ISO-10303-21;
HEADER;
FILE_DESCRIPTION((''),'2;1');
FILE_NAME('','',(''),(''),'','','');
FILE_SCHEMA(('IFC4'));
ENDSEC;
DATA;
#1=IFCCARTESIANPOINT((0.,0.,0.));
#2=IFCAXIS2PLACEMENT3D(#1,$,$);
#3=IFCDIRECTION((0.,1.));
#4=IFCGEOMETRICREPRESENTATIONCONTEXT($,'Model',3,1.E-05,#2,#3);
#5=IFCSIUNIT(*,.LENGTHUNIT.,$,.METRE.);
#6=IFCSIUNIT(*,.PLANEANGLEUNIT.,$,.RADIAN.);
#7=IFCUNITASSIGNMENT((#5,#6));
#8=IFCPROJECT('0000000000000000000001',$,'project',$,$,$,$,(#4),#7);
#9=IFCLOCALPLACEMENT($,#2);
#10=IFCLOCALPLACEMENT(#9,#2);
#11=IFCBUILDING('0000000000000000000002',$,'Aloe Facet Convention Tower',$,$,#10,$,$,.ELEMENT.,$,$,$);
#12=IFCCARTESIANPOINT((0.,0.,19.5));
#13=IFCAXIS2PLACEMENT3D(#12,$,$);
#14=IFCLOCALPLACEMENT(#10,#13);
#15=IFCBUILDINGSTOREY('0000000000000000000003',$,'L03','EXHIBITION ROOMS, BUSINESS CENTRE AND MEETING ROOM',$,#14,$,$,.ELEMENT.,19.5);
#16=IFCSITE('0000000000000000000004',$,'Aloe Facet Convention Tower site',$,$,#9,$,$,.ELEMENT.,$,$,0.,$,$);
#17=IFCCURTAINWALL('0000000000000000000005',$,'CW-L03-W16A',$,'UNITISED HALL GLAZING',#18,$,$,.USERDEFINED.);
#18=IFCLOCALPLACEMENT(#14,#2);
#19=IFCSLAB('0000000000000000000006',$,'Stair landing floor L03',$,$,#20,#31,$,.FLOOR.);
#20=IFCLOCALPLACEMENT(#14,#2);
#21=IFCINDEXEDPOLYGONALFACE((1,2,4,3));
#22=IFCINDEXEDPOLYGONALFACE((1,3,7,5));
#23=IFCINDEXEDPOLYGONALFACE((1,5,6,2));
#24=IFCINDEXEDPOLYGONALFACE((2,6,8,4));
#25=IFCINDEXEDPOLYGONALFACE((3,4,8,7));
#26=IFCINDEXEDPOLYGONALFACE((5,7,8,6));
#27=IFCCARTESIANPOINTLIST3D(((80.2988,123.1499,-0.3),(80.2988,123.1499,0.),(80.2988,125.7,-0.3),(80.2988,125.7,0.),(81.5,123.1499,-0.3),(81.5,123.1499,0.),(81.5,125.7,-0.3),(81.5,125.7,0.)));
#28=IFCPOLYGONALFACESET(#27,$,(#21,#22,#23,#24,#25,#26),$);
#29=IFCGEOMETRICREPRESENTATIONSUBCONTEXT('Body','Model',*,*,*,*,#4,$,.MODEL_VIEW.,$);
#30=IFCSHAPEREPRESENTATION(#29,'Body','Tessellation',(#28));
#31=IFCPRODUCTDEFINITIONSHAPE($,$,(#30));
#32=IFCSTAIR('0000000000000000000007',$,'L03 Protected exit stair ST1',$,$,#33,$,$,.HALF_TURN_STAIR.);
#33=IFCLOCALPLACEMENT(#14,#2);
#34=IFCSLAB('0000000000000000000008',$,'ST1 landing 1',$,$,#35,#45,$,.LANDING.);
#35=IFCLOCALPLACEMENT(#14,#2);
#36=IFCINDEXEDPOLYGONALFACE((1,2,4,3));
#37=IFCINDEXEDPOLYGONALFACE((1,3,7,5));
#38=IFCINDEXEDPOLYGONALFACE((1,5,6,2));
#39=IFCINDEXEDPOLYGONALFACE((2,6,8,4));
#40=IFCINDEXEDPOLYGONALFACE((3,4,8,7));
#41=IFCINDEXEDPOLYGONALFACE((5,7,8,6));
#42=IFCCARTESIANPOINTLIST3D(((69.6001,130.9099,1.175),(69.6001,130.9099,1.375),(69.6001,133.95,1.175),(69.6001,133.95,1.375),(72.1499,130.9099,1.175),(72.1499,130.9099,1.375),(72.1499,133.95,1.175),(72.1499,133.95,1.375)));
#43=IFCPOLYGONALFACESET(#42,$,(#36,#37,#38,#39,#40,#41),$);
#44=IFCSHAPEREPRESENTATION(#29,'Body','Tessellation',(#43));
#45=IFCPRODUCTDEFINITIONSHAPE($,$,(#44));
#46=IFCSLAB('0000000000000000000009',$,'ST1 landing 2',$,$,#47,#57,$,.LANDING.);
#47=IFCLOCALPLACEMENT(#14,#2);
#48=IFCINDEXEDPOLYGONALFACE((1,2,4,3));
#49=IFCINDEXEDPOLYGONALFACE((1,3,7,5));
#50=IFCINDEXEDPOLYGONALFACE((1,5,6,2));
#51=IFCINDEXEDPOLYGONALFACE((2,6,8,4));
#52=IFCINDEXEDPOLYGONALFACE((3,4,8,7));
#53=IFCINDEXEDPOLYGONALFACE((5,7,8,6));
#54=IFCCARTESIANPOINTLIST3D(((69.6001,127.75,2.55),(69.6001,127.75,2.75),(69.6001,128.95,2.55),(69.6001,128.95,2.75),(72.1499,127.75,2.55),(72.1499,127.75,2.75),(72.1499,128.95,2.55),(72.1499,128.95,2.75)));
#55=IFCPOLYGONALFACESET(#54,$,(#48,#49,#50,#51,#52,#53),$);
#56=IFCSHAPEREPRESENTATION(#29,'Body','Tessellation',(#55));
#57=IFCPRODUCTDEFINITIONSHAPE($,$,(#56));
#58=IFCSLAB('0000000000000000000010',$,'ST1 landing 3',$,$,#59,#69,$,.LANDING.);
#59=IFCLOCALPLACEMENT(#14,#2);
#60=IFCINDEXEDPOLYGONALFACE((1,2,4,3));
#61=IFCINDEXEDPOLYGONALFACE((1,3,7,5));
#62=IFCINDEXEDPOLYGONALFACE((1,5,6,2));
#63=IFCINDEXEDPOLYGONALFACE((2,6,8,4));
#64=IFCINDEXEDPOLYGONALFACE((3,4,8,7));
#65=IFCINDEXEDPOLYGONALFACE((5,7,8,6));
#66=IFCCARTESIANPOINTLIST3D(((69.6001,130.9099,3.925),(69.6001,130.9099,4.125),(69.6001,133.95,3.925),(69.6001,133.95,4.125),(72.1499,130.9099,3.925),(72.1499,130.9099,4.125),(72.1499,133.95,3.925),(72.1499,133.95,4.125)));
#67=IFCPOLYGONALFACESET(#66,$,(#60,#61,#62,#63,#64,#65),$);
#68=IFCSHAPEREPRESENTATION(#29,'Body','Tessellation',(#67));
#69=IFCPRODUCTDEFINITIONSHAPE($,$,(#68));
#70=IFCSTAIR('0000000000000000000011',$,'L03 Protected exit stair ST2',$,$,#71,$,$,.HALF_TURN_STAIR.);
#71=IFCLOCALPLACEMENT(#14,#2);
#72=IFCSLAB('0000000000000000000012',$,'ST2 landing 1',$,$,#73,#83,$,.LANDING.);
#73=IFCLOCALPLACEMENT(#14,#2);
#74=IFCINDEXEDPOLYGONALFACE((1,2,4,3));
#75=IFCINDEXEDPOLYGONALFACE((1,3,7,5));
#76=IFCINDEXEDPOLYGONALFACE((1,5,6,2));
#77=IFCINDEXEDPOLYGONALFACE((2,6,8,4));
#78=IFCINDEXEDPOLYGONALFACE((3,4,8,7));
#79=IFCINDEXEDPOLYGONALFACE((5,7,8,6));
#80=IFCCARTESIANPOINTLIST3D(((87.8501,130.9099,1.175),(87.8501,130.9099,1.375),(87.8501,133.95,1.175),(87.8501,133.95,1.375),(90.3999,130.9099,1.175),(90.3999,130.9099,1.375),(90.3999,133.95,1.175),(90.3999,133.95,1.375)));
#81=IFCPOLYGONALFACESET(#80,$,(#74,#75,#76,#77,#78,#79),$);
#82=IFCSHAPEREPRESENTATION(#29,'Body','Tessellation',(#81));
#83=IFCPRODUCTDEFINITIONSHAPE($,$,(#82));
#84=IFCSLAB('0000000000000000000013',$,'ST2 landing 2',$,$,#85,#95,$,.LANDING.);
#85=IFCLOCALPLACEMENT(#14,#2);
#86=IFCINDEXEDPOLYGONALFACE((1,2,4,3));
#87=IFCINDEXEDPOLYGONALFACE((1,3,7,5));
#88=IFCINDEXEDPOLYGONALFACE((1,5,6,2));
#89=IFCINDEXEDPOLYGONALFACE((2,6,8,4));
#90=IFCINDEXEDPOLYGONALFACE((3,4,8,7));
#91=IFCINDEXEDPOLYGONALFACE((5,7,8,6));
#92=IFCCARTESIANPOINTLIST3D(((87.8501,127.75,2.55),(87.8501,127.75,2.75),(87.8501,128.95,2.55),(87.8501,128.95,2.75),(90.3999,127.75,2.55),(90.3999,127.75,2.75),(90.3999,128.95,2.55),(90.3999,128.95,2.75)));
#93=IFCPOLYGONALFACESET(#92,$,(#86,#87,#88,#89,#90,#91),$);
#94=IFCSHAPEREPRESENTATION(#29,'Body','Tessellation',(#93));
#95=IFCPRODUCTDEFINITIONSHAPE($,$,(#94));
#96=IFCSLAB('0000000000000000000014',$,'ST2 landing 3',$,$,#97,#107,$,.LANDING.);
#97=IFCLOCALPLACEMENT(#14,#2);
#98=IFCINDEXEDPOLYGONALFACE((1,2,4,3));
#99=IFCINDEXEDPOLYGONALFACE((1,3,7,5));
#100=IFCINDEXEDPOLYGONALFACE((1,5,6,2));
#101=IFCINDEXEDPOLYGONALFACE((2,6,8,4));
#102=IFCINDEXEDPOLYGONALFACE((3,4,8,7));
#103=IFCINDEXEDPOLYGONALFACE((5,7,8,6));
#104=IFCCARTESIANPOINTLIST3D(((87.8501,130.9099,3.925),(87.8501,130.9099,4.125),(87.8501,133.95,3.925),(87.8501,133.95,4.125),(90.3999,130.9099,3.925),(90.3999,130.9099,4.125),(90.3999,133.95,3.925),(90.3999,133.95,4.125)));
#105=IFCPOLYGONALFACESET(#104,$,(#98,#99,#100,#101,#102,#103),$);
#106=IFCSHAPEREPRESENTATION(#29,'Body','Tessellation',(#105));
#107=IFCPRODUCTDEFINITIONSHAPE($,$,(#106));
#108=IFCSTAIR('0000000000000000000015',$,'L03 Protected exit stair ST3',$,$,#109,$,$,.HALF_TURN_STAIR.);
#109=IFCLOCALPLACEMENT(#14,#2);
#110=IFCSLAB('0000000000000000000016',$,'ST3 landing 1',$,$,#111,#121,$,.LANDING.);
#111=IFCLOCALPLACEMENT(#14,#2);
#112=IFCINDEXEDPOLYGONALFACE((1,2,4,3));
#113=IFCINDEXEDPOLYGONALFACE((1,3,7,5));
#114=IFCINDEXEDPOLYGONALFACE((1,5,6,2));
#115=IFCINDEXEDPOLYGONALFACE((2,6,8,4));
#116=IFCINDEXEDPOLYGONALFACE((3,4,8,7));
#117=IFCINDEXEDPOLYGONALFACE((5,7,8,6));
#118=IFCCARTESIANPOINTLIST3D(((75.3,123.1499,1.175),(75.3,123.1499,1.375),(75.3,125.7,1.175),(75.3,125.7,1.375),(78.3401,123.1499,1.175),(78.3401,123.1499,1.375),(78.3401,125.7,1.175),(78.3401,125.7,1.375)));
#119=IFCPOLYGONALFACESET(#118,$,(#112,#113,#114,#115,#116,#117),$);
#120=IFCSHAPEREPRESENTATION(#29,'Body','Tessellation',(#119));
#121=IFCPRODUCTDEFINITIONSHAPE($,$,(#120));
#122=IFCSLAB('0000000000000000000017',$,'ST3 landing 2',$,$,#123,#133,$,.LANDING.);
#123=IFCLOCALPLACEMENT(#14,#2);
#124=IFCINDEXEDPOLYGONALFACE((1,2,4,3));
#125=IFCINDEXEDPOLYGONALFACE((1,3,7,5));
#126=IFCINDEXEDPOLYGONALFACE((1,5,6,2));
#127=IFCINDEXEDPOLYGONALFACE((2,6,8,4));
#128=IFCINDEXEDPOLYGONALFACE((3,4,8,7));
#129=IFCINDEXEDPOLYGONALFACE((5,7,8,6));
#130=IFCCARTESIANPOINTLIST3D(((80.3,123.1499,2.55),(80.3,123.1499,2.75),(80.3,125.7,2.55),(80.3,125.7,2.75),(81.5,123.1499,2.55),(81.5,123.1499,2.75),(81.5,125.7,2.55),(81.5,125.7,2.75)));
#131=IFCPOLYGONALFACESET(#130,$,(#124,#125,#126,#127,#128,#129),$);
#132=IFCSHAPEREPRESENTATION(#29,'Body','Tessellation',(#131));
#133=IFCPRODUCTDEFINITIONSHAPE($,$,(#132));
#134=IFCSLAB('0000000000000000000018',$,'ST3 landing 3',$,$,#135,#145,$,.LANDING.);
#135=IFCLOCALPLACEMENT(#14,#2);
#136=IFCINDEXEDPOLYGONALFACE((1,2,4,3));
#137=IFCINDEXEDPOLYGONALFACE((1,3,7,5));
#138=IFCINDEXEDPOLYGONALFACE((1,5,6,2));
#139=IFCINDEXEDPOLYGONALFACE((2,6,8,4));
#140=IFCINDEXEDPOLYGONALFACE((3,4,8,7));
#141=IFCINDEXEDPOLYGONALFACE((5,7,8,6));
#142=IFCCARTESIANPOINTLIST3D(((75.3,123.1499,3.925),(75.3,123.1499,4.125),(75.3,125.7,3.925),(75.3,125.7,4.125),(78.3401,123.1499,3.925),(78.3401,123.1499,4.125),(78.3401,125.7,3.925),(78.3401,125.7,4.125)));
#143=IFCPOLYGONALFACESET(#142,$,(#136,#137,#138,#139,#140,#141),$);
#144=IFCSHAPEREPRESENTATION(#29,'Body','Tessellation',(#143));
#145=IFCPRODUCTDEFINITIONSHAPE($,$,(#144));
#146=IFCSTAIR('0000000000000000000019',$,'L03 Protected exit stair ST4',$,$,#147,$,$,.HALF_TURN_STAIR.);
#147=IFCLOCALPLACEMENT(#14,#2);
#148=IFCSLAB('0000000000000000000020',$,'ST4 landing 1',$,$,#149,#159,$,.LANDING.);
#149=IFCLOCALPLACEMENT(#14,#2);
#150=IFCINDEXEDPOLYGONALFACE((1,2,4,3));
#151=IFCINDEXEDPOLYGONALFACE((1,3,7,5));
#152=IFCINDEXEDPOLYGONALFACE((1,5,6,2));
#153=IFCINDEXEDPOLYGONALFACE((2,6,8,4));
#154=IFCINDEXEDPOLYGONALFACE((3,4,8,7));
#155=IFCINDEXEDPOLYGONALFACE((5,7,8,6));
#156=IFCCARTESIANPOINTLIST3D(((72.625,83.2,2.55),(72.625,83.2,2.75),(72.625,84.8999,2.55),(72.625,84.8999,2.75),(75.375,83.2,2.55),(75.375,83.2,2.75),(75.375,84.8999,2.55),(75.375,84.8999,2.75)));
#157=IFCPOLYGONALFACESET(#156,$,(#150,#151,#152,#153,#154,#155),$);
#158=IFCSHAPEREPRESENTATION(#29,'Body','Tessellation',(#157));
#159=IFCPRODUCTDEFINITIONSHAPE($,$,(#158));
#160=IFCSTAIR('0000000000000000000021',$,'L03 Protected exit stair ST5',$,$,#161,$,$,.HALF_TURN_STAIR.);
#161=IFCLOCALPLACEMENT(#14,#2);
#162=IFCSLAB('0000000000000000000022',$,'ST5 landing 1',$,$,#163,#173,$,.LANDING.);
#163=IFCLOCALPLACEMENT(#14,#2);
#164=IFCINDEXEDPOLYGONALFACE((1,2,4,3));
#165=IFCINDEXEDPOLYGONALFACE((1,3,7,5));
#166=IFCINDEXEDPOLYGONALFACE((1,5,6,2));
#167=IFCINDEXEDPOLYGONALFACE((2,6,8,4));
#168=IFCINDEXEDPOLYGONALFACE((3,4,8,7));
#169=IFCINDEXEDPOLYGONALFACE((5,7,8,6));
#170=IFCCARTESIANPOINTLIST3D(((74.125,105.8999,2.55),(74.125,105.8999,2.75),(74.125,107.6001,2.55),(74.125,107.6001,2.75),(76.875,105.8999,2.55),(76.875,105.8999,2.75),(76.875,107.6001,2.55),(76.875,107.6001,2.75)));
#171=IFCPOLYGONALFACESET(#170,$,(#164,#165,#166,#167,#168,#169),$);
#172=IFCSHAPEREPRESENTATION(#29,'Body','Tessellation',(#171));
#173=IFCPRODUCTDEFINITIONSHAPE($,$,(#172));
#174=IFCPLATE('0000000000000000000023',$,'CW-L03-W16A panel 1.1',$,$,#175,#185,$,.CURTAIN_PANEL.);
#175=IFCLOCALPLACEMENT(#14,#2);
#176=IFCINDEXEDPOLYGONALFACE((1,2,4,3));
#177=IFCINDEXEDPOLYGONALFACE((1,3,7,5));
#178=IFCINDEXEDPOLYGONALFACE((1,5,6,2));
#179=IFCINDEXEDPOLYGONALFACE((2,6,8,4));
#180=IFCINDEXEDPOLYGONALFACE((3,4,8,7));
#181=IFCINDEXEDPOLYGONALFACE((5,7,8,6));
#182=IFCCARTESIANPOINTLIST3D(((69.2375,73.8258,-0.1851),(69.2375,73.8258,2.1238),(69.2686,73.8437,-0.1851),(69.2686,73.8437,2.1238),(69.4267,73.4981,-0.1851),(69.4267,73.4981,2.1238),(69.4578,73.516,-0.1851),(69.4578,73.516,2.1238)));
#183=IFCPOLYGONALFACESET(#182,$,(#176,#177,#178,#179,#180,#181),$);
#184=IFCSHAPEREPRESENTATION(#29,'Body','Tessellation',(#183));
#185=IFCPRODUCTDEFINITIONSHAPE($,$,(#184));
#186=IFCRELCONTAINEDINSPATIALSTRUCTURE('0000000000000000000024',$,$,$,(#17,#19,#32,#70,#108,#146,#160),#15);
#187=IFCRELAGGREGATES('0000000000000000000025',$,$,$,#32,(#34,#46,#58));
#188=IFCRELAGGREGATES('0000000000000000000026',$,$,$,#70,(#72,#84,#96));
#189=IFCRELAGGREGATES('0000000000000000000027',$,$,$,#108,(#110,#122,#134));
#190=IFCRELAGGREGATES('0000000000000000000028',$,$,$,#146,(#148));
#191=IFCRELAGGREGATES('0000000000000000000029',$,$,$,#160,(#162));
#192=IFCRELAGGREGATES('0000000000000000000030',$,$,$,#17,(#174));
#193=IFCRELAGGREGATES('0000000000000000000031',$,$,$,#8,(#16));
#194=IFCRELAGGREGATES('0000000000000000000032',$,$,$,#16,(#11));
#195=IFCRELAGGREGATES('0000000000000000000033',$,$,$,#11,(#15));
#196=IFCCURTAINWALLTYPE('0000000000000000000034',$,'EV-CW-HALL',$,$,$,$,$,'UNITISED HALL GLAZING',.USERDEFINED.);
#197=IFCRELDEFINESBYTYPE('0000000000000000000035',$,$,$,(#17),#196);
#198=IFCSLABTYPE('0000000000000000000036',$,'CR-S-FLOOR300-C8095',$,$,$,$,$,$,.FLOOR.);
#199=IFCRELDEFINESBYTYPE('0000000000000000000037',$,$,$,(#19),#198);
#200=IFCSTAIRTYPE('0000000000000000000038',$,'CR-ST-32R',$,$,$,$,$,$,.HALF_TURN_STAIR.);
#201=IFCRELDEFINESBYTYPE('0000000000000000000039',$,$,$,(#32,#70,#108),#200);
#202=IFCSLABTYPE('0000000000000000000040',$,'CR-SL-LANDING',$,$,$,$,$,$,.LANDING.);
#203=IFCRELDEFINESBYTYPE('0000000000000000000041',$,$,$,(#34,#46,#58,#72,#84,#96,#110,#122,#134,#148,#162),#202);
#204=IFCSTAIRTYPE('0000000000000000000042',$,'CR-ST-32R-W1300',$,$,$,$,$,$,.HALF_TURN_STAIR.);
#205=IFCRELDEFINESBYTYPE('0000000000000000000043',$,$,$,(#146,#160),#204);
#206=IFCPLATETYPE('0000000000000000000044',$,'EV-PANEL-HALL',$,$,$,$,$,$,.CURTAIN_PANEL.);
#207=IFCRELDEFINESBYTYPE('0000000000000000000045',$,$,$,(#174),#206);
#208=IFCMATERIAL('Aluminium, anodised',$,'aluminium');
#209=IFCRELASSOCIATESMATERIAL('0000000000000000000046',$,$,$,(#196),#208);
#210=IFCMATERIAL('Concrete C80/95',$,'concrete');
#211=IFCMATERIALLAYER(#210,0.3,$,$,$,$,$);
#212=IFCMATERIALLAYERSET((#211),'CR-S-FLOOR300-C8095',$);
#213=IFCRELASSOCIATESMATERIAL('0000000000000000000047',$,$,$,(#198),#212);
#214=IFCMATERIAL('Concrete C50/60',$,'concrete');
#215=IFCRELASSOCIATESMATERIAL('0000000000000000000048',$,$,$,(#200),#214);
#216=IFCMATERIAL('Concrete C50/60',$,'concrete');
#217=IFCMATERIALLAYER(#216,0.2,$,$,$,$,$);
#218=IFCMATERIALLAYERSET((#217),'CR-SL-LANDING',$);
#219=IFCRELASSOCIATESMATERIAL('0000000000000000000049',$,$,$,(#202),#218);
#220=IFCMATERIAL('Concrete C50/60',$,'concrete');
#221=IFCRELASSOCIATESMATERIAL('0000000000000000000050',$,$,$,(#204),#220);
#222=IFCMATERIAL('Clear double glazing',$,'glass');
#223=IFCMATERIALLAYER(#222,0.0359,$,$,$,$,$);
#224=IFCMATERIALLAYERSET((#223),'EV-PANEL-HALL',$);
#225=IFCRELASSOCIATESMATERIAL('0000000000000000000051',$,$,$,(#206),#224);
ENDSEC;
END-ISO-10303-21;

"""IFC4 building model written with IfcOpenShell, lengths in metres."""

from ifc_helpers import new_model, si_unit, direction, frame, origin, origin_2d, place, context, subcontext, project, spatial, polyline, rectangle, outline, extrude, material, layer, layer_set, type_object, element, aggregate, save


model = new_model("IFC4")

# Units and contexts
model_context = context("Model", 3, precision=1e-05, world=origin(), true_north=direction((0.0, 1.0)))
body_context = subcontext(model_context, "Body", "Model", "MODEL_VIEW")
ifc_project = project(units=[si_unit("LENGTHUNIT", "METRE"), si_unit("PLANEANGLEUNIT", "RADIAN")], contexts=[model_context])

# Site, building, storey
site_placement = place(None, origin())
site = spatial("IfcSite", under=ifc_project, at=site_placement, Name="Aloe Facet Convention Tower site", CompositionType="ELEMENT", RefElevation=0.0)
building_placement = place(site_placement, origin())
building = spatial("IfcBuilding", under=site, at=building_placement, Name="Aloe Facet Convention Tower", CompositionType="ELEMENT")
storey_placement = place(building_placement, frame((0.0, 0.0, 19.5)))
storey = spatial("IfcBuildingStorey", under=building, at=storey_placement, Name="L03", Description="EXHIBITION ROOMS, BUSINESS CENTRE AND MEETING ROOM", CompositionType="ELEMENT", Elevation=19.5)

# Curtain wall
ifc_material_1 = material(Name="Aluminium, anodised", Category="aluminium")
curtain_wall_type = type_object("IfcCurtainWallType", Name="EV-CW-HALL", ElementType="UNITISED HALL GLAZING", PredefinedType="USERDEFINED", material=ifc_material_1)
curtain_wall_placement = place(storey_placement, origin())
curtain_wall = element("IfcCurtainWall", 1, at=curtain_wall_placement, inside=storey, type_object=curtain_wall_type, Name="CW-L03-W16A", ObjectType="UNITISED HALL GLAZING", PredefinedType="USERDEFINED")

# Slab
ifc_material_2 = material(Name="Concrete C80/95", Category="concrete")
ifc_layer_1 = layer(ifc_material_2, 0.3)
ifc_layer_set_1 = layer_set([ifc_layer_1], Name="CR-S-FLOOR300-C8095")
slab_type_1 = type_object("IfcSlabType", Name="CR-S-FLOOR300-C8095", PredefinedType="FLOOR", material=ifc_layer_set_1)
slab_1_placement = place(storey_placement, frame((0.0, 0.0, -0.3)))
element("IfcSlab", 2, at=slab_1_placement, inside=storey, type_object=slab_type_1, Name="Stair landing floor L03", PredefinedType="FLOOR", context=body_context, shape_type="SweptSolid", body=[
    extrude(outline(polyline([(81.5, 125.7), (80.2988, 125.7), (80.2988, 123.1499), (81.5, 123.1499), (81.5, 125.7)])), origin(), (0.0, 0.0, 1.0), 0.3),
])

# Stairs, slabs
ifc_material_3 = material(Name="Concrete C50/60", Category="concrete")
stair_type_1 = type_object("IfcStairType", Name="CR-ST-32R", PredefinedType="HALF_TURN_STAIR", material=ifc_material_3)
stair_1_placement = place(storey_placement, origin())
stair_1 = element("IfcStair", 3, at=stair_1_placement, inside=storey, type_object=stair_type_1, Name="L03 Protected exit stair ST1", PredefinedType="HALF_TURN_STAIR")
ifc_material_4 = material(Name="Concrete C50/60", Category="concrete")
ifc_layer_2 = layer(ifc_material_4, 0.2)
ifc_layer_set_2 = layer_set([ifc_layer_2], Name="CR-SL-LANDING")
slab_type_2 = type_object("IfcSlabType", Name="CR-SL-LANDING", PredefinedType="LANDING", material=ifc_layer_set_2)
slab_2_placement = place(storey_placement, frame((0.0, 0.0, 1.175)))
slab_2 = element("IfcSlab", 4, at=slab_2_placement, type_object=slab_type_2, Name="ST1 landing 1", PredefinedType="LANDING", context=body_context, shape_type="SweptSolid", body=[
    extrude(outline(polyline([(72.1499, 130.9099), (72.1499, 133.95), (69.6001, 133.95), (69.6001, 130.9099), (72.1499, 130.9099)])), origin(), (0.0, 0.0, 1.0), 0.2),
])
slab_3_placement = place(storey_placement, frame((0.0, 0.0, 2.55)))
slab_3 = element("IfcSlab", 5, at=slab_3_placement, type_object=slab_type_2, Name="ST1 landing 2", PredefinedType="LANDING", context=body_context, shape_type="SweptSolid", body=[
    extrude(outline(polyline([(72.1499, 127.75), (72.1499, 128.95), (69.6001, 128.95), (69.6001, 127.75), (72.1499, 127.75)])), origin(), (0.0, 0.0, 1.0), 0.2),
])
slab_4_placement = place(storey_placement, frame((0.0, 0.0, 3.925)))
slab_4 = element("IfcSlab", 6, at=slab_4_placement, type_object=slab_type_2, Name="ST1 landing 3", PredefinedType="LANDING", context=body_context, shape_type="SweptSolid", body=[
    extrude(outline(polyline([(72.1499, 130.9099), (72.1499, 133.95), (69.6001, 133.95), (69.6001, 130.9099), (72.1499, 130.9099)])), origin(), (0.0, 0.0, 1.0), 0.2),
])
aggregate(stair_1, [slab_2, slab_3, slab_4])
stair_2_placement = place(storey_placement, origin())
stair_2 = element("IfcStair", 7, at=stair_2_placement, inside=storey, type_object=stair_type_1, Name="L03 Protected exit stair ST2", PredefinedType="HALF_TURN_STAIR")
slab_5_placement = place(storey_placement, frame((0.0, 0.0, 1.175)))
slab_5 = element("IfcSlab", 8, at=slab_5_placement, type_object=slab_type_2, Name="ST2 landing 1", PredefinedType="LANDING", context=body_context, shape_type="SweptSolid", body=[
    extrude(outline(polyline([(90.3999, 130.9099), (90.3999, 133.95), (87.8501, 133.95), (87.8501, 130.9099), (90.3999, 130.9099)])), origin(), (0.0, 0.0, 1.0), 0.2),
])
slab_6_placement = place(storey_placement, frame((0.0, 0.0, 2.55)))
slab_6 = element("IfcSlab", 9, at=slab_6_placement, type_object=slab_type_2, Name="ST2 landing 2", PredefinedType="LANDING", context=body_context, shape_type="SweptSolid", body=[
    extrude(outline(polyline([(90.3999, 127.75), (90.3999, 128.95), (87.8501, 128.95), (87.8501, 127.75), (90.3999, 127.75)])), origin(), (0.0, 0.0, 1.0), 0.2),
])
slab_7_placement = place(storey_placement, frame((0.0, 0.0, 3.925)))
slab_7 = element("IfcSlab", 10, at=slab_7_placement, type_object=slab_type_2, Name="ST2 landing 3", PredefinedType="LANDING", context=body_context, shape_type="SweptSolid", body=[
    extrude(outline(polyline([(90.3999, 130.9099), (90.3999, 133.95), (87.8501, 133.95), (87.8501, 130.9099), (90.3999, 130.9099)])), origin(), (0.0, 0.0, 1.0), 0.2),
])
aggregate(stair_2, [slab_5, slab_6, slab_7])
stair_3_placement = place(storey_placement, origin())
stair_3 = element("IfcStair", 11, at=stair_3_placement, inside=storey, type_object=stair_type_1, Name="L03 Protected exit stair ST3", PredefinedType="HALF_TURN_STAIR")
slab_8_placement = place(storey_placement, frame((0.0, 0.0, 1.175)))
slab_8 = element("IfcSlab", 12, at=slab_8_placement, type_object=slab_type_2, Name="ST3 landing 1", PredefinedType="LANDING", context=body_context, shape_type="SweptSolid", body=[
    extrude(outline(polyline([(78.3401, 125.7), (75.3, 125.7), (75.3, 123.1499), (78.3401, 123.1499), (78.3401, 125.7)])), origin(), (0.0, 0.0, 1.0), 0.2),
])
slab_9_placement = place(storey_placement, frame((0.0, 0.0, 2.55)))
slab_9 = element("IfcSlab", 13, at=slab_9_placement, type_object=slab_type_2, Name="ST3 landing 2", PredefinedType="LANDING", context=body_context, shape_type="SweptSolid", body=[
    extrude(outline(polyline([(81.5, 125.7), (80.3, 125.7), (80.3, 123.1499), (81.5, 123.1499), (81.5, 125.7)])), origin(), (0.0, 0.0, 1.0), 0.2),
])
slab_10_placement = place(storey_placement, frame((0.0, 0.0, 3.925)))
slab_10 = element("IfcSlab", 14, at=slab_10_placement, type_object=slab_type_2, Name="ST3 landing 3", PredefinedType="LANDING", context=body_context, shape_type="SweptSolid", body=[
    extrude(outline(polyline([(78.3401, 125.7), (75.3, 125.7), (75.3, 123.1499), (78.3401, 123.1499), (78.3401, 125.7)])), origin(), (0.0, 0.0, 1.0), 0.2),
])
aggregate(stair_3, [slab_8, slab_9, slab_10])

# Stairs, slabs
ifc_material_5 = material(Name="Concrete C50/60", Category="concrete")
stair_type_2 = type_object("IfcStairType", Name="CR-ST-32R-W1300", PredefinedType="HALF_TURN_STAIR", material=ifc_material_5)
stair_4_placement = place(storey_placement, origin())
stair_4 = element("IfcStair", 15, at=stair_4_placement, inside=storey, type_object=stair_type_2, Name="L03 Protected exit stair ST4", PredefinedType="HALF_TURN_STAIR")
slab_11_placement = place(storey_placement, frame((0.0, 0.0, 2.55)))
slab_11 = element("IfcSlab", 16, at=slab_11_placement, type_object=slab_type_2, Name="ST4 landing 1", PredefinedType="LANDING", context=body_context, shape_type="SweptSolid", body=[
    extrude(outline(polyline([(72.625, 84.8999), (72.625, 83.2), (75.375, 83.2), (75.375, 84.8999), (72.625, 84.8999)])), origin(), (0.0, 0.0, 1.0), 0.2),
])
aggregate(stair_4, [slab_11])
stair_5_placement = place(storey_placement, origin())
stair_5 = element("IfcStair", 17, at=stair_5_placement, inside=storey, type_object=stair_type_2, Name="L03 Protected exit stair ST5", PredefinedType="HALF_TURN_STAIR")
slab_12_placement = place(storey_placement, frame((0.0, 0.0, 2.55)))
slab_12 = element("IfcSlab", 18, at=slab_12_placement, type_object=slab_type_2, Name="ST5 landing 1", PredefinedType="LANDING", context=body_context, shape_type="SweptSolid", body=[
    extrude(outline(polyline([(74.125, 107.6001), (74.125, 105.8999), (76.875, 105.8999), (76.875, 107.6001), (74.125, 107.6001)])), origin(), (0.0, 0.0, 1.0), 0.2),
])
aggregate(stair_5, [slab_12])

# Plate
ifc_material_6 = material(Name="Clear double glazing", Category="glass")
ifc_layer_3 = layer(ifc_material_6, 0.0359)
ifc_layer_set_3 = layer_set([ifc_layer_3], Name="EV-PANEL-HALL")
plate_type = type_object("IfcPlateType", Name="EV-PANEL-HALL", PredefinedType="CURTAIN_PANEL", material=ifc_layer_set_3)
plate_placement = place(storey_placement, frame((69.3477, 73.6709, -0.1851), z_axis=(0.0, 0.0, 1.0), x_axis=(0.5, -0.866025, 0.0)))
plate = element("IfcPlate", 19, at=plate_placement, type_object=plate_type, Name="CW-L03-W16A panel 1.1", PredefinedType="CURTAIN_PANEL", context=body_context, shape_type="SweptSolid", body=[
    extrude(rectangle(XDim=0.3784, YDim=0.0359, at=origin_2d()), origin(), (0.0, 0.0, 1.0), 2.3088),
])
aggregate(curtain_wall, [plate])

save(model, "model.ifc")
